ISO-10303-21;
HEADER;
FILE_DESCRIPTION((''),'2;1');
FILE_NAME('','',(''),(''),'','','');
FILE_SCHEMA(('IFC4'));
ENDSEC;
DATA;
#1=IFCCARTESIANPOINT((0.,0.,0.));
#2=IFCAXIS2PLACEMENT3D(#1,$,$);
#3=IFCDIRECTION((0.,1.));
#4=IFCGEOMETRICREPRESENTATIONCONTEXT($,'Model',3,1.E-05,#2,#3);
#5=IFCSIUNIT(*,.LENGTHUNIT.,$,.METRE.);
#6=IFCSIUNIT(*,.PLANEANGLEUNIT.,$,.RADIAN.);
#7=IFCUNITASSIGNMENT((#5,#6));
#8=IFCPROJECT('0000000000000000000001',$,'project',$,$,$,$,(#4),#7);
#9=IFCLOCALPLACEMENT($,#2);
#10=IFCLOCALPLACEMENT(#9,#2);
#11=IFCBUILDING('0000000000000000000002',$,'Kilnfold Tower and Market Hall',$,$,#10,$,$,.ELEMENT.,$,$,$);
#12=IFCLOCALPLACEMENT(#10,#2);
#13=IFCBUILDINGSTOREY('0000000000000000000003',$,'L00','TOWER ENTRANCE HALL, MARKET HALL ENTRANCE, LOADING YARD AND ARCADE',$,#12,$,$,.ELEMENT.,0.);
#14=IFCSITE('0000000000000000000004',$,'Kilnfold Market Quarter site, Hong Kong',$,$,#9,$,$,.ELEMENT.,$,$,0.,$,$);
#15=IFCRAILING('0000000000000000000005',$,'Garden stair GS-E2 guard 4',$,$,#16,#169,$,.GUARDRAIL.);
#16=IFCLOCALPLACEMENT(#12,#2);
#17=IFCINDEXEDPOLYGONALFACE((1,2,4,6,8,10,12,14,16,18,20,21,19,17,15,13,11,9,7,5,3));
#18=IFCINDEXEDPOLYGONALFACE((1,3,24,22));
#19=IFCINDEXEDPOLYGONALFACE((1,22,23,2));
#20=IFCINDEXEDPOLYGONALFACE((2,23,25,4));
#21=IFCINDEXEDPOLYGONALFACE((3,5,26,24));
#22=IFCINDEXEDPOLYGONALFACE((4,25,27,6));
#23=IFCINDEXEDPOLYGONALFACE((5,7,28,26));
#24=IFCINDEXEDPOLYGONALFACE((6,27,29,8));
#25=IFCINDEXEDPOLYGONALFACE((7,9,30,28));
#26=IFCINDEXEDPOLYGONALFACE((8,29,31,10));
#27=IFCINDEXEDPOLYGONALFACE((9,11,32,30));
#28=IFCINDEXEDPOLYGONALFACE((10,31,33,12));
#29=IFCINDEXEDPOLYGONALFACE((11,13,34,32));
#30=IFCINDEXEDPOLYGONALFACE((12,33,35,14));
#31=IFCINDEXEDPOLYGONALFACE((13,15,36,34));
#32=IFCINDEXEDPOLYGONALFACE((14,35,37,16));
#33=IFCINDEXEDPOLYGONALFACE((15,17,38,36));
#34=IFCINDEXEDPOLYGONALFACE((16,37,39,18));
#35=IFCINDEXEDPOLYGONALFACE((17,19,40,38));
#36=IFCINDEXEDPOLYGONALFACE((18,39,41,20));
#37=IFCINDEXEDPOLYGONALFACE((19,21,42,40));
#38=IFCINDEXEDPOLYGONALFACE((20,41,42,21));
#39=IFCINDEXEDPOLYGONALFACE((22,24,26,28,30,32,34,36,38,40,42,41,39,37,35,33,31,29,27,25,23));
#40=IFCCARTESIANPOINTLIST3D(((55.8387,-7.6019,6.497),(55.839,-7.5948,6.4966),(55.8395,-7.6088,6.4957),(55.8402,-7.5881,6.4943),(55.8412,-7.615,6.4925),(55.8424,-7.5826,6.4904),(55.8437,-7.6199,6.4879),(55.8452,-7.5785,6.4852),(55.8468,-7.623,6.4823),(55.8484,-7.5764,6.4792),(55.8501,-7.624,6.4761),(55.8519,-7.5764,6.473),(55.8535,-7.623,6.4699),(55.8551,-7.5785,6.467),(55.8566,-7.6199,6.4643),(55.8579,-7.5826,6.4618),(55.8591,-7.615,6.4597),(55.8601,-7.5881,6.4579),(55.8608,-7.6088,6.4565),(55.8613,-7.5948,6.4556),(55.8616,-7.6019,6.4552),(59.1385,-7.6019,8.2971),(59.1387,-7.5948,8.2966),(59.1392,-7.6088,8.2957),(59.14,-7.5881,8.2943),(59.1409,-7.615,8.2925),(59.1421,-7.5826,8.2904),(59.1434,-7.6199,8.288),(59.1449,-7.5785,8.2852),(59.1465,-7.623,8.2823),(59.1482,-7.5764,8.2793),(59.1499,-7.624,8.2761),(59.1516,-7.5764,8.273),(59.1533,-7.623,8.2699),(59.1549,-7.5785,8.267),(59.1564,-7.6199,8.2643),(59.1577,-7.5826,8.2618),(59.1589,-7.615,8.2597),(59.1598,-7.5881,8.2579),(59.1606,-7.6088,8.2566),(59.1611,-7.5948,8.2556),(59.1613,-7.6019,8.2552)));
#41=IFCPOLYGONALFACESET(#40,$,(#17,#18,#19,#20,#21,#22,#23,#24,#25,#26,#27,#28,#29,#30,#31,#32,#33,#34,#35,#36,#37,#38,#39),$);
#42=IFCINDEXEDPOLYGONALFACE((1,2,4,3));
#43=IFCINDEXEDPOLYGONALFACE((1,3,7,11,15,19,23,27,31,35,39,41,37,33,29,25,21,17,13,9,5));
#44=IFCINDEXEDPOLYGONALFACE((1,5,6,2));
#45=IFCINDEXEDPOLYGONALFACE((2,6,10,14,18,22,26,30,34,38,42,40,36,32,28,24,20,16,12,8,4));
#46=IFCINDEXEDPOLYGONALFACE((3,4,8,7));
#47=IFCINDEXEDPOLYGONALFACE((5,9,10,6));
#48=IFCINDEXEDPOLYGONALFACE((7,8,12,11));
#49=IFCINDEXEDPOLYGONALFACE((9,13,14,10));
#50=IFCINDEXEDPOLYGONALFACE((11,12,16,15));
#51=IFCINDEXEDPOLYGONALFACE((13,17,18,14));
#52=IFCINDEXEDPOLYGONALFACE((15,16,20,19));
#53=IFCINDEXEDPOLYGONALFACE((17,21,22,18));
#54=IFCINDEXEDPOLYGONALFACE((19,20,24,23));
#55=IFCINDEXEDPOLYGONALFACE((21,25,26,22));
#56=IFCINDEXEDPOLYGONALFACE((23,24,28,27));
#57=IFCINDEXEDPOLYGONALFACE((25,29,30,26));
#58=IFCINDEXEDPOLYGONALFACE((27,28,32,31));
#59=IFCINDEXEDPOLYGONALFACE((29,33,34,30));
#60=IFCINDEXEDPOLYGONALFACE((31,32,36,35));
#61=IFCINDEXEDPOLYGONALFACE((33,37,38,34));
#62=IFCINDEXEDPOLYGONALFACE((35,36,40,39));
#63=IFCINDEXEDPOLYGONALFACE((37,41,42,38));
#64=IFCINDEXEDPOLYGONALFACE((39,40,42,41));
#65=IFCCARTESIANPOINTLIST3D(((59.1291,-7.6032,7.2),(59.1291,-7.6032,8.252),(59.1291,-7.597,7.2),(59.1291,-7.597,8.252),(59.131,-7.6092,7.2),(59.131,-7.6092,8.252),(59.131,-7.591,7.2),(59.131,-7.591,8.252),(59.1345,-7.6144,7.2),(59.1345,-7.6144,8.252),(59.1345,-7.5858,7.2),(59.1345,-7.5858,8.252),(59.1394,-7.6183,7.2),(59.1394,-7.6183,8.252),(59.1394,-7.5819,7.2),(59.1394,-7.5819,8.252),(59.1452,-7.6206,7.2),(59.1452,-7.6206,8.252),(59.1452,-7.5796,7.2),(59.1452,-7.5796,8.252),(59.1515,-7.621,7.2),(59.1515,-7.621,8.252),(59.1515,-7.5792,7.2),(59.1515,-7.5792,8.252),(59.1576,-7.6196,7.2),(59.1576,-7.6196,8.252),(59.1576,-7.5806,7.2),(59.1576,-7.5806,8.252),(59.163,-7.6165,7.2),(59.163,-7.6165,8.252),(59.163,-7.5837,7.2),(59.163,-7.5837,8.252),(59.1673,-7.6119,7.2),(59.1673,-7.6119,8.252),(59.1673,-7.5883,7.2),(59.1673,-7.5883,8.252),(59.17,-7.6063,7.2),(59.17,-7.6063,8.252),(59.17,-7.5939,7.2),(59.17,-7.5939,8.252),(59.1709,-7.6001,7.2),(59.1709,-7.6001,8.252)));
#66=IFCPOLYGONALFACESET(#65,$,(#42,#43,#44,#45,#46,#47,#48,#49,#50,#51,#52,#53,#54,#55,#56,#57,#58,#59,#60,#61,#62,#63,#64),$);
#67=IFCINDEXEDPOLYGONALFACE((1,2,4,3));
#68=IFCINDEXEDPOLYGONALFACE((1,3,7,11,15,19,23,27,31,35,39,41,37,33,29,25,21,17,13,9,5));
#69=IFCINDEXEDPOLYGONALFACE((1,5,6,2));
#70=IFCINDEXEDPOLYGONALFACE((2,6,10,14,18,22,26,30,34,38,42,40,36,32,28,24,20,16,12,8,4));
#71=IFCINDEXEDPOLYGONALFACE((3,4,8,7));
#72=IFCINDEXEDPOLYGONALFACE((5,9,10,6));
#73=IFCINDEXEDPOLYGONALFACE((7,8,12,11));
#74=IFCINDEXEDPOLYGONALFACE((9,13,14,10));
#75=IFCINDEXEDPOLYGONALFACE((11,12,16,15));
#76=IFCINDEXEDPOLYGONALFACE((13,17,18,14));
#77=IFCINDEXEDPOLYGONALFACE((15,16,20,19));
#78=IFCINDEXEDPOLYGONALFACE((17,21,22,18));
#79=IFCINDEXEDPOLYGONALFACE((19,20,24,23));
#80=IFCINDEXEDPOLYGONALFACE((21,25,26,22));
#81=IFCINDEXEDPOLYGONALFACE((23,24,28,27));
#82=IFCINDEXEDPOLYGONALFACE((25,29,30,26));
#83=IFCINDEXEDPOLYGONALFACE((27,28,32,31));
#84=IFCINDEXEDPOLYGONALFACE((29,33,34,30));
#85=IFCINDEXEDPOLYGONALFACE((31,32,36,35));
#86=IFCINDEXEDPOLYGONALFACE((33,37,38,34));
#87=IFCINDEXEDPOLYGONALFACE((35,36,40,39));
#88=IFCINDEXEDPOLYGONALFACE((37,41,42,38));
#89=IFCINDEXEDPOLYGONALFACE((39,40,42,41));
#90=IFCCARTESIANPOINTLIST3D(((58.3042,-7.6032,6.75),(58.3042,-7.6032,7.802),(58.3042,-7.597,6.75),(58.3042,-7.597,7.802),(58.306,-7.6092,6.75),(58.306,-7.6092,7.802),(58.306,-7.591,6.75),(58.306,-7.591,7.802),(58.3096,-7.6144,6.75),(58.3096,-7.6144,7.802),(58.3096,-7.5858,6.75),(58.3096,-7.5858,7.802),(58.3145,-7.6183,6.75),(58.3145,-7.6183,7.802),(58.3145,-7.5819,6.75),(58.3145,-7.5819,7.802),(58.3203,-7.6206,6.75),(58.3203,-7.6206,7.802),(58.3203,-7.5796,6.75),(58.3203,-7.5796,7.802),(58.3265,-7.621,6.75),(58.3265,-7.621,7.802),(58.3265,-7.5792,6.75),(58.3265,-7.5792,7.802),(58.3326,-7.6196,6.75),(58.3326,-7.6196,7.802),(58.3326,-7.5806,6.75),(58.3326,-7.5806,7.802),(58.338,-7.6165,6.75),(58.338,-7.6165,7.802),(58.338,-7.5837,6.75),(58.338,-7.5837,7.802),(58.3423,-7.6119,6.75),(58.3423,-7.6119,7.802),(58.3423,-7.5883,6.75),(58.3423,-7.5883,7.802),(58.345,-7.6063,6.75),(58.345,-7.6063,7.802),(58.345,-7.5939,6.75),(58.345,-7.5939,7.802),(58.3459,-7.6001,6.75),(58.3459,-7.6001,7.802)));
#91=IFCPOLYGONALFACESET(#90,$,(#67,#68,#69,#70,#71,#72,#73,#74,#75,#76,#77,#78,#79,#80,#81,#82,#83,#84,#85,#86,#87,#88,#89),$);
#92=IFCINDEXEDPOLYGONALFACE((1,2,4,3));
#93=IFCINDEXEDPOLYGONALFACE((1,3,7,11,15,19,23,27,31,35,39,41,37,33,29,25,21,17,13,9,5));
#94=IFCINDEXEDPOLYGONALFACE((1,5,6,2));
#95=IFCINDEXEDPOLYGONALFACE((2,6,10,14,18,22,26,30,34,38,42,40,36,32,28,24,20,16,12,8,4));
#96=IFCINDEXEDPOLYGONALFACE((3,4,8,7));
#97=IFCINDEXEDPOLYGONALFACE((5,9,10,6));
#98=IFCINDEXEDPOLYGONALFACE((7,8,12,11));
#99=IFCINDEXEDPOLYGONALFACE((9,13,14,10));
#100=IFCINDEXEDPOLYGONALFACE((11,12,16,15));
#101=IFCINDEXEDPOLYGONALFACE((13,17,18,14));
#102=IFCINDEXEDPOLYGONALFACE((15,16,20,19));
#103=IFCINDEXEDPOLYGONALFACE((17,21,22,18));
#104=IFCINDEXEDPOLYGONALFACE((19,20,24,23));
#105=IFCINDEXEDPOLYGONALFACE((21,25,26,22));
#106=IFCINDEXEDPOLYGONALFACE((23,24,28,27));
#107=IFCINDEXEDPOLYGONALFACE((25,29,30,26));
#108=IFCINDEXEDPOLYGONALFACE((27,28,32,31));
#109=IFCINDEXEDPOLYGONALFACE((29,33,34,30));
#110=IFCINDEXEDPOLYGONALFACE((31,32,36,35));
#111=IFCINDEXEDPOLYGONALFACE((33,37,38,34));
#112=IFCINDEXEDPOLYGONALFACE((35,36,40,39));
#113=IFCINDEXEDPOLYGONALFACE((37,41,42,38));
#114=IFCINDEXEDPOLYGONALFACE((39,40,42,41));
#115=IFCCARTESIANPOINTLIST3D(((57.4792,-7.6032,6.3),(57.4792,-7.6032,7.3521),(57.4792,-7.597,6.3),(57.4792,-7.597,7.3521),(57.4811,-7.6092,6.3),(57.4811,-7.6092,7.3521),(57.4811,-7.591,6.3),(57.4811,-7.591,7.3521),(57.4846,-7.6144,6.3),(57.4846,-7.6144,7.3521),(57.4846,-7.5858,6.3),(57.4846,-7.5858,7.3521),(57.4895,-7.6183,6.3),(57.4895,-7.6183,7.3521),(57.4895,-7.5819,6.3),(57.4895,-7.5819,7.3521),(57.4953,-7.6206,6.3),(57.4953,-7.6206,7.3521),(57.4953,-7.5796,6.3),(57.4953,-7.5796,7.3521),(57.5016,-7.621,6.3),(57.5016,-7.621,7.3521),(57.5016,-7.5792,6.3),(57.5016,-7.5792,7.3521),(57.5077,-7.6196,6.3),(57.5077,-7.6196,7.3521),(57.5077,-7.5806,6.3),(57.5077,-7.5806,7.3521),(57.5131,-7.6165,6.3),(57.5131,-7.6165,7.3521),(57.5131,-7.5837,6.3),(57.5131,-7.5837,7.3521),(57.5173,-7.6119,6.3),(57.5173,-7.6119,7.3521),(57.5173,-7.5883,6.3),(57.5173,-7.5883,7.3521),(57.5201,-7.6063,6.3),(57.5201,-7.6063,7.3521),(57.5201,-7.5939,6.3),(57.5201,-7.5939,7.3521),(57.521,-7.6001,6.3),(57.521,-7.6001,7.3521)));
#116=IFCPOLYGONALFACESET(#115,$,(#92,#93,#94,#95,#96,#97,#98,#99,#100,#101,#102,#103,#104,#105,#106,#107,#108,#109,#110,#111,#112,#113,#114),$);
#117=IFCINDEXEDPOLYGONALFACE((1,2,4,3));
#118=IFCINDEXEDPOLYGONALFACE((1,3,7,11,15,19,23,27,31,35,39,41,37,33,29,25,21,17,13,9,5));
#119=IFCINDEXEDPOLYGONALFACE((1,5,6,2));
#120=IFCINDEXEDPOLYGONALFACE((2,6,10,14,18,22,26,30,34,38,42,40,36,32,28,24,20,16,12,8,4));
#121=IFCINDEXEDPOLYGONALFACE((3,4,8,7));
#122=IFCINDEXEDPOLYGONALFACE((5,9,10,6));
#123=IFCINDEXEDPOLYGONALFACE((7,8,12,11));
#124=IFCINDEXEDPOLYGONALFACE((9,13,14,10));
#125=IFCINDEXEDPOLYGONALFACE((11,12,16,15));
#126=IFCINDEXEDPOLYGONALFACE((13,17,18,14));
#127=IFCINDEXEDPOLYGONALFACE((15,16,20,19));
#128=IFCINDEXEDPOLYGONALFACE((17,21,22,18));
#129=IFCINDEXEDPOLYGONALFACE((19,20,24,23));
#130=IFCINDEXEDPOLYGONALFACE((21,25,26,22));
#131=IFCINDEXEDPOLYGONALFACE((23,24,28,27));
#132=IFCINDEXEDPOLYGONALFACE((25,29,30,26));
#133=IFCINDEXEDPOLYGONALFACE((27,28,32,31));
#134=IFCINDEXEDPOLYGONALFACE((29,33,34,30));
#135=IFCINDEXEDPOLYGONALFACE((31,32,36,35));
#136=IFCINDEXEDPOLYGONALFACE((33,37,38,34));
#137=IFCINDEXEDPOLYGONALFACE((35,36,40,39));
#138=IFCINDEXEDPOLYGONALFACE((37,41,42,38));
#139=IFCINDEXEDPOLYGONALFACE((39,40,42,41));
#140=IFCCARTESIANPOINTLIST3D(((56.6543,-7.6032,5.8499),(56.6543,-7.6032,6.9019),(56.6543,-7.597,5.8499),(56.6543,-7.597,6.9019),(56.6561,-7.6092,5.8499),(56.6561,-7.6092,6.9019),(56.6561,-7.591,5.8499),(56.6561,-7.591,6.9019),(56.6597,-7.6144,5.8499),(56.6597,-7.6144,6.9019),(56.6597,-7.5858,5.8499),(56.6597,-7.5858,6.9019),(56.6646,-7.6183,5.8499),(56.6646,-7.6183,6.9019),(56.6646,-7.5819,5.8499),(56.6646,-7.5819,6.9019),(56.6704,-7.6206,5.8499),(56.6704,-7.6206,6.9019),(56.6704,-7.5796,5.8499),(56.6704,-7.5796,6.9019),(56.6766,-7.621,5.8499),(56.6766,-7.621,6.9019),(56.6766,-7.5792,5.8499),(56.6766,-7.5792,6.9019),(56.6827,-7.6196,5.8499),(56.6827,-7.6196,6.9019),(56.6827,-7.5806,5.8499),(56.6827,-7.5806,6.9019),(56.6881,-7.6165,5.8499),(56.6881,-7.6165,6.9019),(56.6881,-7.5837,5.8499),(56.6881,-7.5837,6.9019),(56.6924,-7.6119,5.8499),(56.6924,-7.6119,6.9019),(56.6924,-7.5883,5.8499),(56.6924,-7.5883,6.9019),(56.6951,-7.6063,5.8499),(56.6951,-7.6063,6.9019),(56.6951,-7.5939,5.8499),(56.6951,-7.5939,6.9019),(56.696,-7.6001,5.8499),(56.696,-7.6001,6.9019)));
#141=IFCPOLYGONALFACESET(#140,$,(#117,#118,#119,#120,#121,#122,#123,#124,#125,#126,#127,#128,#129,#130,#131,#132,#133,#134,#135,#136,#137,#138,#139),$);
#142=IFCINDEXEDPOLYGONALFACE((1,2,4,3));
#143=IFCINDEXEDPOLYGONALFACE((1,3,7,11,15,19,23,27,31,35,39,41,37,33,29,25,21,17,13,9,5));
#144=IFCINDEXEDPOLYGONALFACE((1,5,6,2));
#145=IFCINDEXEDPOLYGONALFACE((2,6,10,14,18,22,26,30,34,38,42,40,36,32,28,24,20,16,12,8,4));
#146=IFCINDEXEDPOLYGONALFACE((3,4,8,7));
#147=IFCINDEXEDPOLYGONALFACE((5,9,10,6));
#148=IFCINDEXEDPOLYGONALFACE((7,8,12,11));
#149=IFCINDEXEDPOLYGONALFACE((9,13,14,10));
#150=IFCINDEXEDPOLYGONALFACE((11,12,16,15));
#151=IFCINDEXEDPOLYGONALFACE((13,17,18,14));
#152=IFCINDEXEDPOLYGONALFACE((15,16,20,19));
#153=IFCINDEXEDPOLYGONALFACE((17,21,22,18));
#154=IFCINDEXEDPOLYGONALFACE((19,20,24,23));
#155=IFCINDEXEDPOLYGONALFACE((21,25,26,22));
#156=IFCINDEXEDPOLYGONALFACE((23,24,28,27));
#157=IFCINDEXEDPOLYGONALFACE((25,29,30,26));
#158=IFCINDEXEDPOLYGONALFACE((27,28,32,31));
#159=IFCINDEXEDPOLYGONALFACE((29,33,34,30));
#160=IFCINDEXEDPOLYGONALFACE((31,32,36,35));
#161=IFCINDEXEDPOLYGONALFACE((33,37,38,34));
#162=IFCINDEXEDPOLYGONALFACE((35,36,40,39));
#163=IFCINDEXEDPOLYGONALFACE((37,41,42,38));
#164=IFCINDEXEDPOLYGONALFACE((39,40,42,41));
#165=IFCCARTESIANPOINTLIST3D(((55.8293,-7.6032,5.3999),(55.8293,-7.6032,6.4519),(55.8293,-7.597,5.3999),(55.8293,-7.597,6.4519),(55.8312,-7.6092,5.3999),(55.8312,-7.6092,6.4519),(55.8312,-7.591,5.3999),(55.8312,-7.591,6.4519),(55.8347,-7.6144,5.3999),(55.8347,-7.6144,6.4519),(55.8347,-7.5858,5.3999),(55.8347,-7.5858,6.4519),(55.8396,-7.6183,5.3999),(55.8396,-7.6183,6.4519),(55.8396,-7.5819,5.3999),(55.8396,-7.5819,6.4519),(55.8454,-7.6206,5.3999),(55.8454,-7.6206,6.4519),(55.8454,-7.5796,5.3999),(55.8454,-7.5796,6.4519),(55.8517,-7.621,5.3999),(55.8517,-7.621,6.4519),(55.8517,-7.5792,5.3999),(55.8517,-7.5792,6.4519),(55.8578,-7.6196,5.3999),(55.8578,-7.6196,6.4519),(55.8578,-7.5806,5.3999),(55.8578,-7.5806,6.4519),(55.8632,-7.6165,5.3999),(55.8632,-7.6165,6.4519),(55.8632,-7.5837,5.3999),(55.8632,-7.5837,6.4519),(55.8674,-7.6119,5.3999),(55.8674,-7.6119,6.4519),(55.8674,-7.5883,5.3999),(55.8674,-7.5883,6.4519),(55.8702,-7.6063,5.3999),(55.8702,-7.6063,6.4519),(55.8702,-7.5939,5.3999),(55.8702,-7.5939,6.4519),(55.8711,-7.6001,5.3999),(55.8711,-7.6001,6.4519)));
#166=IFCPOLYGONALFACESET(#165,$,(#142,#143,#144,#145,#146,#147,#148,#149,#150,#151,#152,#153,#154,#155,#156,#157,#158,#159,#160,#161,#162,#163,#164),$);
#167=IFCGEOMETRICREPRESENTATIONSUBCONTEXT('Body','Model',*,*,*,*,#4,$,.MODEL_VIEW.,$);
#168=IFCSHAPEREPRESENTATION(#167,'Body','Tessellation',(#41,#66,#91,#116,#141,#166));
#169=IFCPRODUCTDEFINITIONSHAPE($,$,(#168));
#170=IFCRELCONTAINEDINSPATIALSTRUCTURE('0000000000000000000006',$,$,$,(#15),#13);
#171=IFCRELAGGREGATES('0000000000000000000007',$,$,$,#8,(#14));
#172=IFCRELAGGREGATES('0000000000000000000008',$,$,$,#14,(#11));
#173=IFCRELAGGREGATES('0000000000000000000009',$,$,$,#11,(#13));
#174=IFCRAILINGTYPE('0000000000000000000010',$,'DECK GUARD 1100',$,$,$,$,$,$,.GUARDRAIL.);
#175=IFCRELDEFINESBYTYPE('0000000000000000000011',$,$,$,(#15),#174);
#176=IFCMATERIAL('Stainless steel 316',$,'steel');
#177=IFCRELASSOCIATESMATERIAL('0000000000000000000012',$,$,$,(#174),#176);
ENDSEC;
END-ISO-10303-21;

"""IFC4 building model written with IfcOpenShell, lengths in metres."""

from ifc_helpers import new_model, si_unit, direction, frame, origin, origin_2d, place, context, subcontext, project, spatial, circle, extrude, material, type_object, element, save


model = new_model("IFC4")

# Units and contexts
model_context = context("Model", 3, precision=1e-05, world=origin(), true_north=direction((0.0, 1.0)))
body_context = subcontext(model_context, "Body", "Model", "MODEL_VIEW")
ifc_project = project(units=[si_unit("LENGTHUNIT", "METRE"), si_unit("PLANEANGLEUNIT", "RADIAN")], contexts=[model_context])

# Site, building, storey
site_placement = place(None, origin())
site = spatial("IfcSite", under=ifc_project, at=site_placement, Name="Kilnfold Market Quarter site, Hong Kong", CompositionType="ELEMENT", RefElevation=0.0)
building_placement = place(site_placement, origin())
building = spatial("IfcBuilding", under=site, at=building_placement, Name="Kilnfold Tower and Market Hall", CompositionType="ELEMENT")
storey_placement = place(building_placement, origin())
storey = spatial("IfcBuildingStorey", under=building, at=storey_placement, Name="L00", Description="TOWER ENTRANCE HALL, MARKET HALL ENTRANCE, LOADING YARD AND ARCADE", CompositionType="ELEMENT", Elevation=0.0)

# Railing
ifc_material_1 = material(Name="Stainless steel 316", Category="steel")
railing_type_1 = type_object("IfcRailingType", Name="DECK GUARD 1100", PredefinedType="GUARDRAIL", material=ifc_material_1)
railing_1_placement = place(storey_placement, frame((59.1499, -7.6001, 7.2)))
element("IfcRailing", 1, at=railing_1_placement, inside=storey, type_object=railing_type_1, Name="Garden stair GS-E2 guard 4", PredefinedType="GUARDRAIL", context=body_context, shape_type="SweptSolid", body=[
    extrude(circle(Radius=0.0239, at=origin_2d()), frame((0.0, 0.0, 1.0762), z_axis=(-0.877878, 0.0, -0.478884), x_axis=(0.0, -1.0, 0.0)), (0.0, 0.0, 1.0), 3.7588),
    extrude(circle(Radius=0.021, at=origin_2d()), origin(), (0.0, 0.0, 1.0), 1.052),
    extrude(circle(Radius=0.021, at=origin_2d()), frame((-0.825, 0.0, -0.45)), (0.0, 0.0, 1.0), 1.052),
    extrude(circle(Radius=0.021, at=origin_2d()), frame((-1.6499, 0.0, -0.8999)), (0.0, 0.0, 1.0), 1.052),
    extrude(circle(Radius=0.021, at=origin_2d()), frame((-2.4749, 0.0, -1.3501)), (0.0, 0.0, 1.0), 1.052),
    extrude(circle(Radius=0.021, at=origin_2d()), frame((-3.2998, 0.0, -1.8)), (0.0, 0.0, 1.0), 1.052),
])

save(model, "model.ifc")
